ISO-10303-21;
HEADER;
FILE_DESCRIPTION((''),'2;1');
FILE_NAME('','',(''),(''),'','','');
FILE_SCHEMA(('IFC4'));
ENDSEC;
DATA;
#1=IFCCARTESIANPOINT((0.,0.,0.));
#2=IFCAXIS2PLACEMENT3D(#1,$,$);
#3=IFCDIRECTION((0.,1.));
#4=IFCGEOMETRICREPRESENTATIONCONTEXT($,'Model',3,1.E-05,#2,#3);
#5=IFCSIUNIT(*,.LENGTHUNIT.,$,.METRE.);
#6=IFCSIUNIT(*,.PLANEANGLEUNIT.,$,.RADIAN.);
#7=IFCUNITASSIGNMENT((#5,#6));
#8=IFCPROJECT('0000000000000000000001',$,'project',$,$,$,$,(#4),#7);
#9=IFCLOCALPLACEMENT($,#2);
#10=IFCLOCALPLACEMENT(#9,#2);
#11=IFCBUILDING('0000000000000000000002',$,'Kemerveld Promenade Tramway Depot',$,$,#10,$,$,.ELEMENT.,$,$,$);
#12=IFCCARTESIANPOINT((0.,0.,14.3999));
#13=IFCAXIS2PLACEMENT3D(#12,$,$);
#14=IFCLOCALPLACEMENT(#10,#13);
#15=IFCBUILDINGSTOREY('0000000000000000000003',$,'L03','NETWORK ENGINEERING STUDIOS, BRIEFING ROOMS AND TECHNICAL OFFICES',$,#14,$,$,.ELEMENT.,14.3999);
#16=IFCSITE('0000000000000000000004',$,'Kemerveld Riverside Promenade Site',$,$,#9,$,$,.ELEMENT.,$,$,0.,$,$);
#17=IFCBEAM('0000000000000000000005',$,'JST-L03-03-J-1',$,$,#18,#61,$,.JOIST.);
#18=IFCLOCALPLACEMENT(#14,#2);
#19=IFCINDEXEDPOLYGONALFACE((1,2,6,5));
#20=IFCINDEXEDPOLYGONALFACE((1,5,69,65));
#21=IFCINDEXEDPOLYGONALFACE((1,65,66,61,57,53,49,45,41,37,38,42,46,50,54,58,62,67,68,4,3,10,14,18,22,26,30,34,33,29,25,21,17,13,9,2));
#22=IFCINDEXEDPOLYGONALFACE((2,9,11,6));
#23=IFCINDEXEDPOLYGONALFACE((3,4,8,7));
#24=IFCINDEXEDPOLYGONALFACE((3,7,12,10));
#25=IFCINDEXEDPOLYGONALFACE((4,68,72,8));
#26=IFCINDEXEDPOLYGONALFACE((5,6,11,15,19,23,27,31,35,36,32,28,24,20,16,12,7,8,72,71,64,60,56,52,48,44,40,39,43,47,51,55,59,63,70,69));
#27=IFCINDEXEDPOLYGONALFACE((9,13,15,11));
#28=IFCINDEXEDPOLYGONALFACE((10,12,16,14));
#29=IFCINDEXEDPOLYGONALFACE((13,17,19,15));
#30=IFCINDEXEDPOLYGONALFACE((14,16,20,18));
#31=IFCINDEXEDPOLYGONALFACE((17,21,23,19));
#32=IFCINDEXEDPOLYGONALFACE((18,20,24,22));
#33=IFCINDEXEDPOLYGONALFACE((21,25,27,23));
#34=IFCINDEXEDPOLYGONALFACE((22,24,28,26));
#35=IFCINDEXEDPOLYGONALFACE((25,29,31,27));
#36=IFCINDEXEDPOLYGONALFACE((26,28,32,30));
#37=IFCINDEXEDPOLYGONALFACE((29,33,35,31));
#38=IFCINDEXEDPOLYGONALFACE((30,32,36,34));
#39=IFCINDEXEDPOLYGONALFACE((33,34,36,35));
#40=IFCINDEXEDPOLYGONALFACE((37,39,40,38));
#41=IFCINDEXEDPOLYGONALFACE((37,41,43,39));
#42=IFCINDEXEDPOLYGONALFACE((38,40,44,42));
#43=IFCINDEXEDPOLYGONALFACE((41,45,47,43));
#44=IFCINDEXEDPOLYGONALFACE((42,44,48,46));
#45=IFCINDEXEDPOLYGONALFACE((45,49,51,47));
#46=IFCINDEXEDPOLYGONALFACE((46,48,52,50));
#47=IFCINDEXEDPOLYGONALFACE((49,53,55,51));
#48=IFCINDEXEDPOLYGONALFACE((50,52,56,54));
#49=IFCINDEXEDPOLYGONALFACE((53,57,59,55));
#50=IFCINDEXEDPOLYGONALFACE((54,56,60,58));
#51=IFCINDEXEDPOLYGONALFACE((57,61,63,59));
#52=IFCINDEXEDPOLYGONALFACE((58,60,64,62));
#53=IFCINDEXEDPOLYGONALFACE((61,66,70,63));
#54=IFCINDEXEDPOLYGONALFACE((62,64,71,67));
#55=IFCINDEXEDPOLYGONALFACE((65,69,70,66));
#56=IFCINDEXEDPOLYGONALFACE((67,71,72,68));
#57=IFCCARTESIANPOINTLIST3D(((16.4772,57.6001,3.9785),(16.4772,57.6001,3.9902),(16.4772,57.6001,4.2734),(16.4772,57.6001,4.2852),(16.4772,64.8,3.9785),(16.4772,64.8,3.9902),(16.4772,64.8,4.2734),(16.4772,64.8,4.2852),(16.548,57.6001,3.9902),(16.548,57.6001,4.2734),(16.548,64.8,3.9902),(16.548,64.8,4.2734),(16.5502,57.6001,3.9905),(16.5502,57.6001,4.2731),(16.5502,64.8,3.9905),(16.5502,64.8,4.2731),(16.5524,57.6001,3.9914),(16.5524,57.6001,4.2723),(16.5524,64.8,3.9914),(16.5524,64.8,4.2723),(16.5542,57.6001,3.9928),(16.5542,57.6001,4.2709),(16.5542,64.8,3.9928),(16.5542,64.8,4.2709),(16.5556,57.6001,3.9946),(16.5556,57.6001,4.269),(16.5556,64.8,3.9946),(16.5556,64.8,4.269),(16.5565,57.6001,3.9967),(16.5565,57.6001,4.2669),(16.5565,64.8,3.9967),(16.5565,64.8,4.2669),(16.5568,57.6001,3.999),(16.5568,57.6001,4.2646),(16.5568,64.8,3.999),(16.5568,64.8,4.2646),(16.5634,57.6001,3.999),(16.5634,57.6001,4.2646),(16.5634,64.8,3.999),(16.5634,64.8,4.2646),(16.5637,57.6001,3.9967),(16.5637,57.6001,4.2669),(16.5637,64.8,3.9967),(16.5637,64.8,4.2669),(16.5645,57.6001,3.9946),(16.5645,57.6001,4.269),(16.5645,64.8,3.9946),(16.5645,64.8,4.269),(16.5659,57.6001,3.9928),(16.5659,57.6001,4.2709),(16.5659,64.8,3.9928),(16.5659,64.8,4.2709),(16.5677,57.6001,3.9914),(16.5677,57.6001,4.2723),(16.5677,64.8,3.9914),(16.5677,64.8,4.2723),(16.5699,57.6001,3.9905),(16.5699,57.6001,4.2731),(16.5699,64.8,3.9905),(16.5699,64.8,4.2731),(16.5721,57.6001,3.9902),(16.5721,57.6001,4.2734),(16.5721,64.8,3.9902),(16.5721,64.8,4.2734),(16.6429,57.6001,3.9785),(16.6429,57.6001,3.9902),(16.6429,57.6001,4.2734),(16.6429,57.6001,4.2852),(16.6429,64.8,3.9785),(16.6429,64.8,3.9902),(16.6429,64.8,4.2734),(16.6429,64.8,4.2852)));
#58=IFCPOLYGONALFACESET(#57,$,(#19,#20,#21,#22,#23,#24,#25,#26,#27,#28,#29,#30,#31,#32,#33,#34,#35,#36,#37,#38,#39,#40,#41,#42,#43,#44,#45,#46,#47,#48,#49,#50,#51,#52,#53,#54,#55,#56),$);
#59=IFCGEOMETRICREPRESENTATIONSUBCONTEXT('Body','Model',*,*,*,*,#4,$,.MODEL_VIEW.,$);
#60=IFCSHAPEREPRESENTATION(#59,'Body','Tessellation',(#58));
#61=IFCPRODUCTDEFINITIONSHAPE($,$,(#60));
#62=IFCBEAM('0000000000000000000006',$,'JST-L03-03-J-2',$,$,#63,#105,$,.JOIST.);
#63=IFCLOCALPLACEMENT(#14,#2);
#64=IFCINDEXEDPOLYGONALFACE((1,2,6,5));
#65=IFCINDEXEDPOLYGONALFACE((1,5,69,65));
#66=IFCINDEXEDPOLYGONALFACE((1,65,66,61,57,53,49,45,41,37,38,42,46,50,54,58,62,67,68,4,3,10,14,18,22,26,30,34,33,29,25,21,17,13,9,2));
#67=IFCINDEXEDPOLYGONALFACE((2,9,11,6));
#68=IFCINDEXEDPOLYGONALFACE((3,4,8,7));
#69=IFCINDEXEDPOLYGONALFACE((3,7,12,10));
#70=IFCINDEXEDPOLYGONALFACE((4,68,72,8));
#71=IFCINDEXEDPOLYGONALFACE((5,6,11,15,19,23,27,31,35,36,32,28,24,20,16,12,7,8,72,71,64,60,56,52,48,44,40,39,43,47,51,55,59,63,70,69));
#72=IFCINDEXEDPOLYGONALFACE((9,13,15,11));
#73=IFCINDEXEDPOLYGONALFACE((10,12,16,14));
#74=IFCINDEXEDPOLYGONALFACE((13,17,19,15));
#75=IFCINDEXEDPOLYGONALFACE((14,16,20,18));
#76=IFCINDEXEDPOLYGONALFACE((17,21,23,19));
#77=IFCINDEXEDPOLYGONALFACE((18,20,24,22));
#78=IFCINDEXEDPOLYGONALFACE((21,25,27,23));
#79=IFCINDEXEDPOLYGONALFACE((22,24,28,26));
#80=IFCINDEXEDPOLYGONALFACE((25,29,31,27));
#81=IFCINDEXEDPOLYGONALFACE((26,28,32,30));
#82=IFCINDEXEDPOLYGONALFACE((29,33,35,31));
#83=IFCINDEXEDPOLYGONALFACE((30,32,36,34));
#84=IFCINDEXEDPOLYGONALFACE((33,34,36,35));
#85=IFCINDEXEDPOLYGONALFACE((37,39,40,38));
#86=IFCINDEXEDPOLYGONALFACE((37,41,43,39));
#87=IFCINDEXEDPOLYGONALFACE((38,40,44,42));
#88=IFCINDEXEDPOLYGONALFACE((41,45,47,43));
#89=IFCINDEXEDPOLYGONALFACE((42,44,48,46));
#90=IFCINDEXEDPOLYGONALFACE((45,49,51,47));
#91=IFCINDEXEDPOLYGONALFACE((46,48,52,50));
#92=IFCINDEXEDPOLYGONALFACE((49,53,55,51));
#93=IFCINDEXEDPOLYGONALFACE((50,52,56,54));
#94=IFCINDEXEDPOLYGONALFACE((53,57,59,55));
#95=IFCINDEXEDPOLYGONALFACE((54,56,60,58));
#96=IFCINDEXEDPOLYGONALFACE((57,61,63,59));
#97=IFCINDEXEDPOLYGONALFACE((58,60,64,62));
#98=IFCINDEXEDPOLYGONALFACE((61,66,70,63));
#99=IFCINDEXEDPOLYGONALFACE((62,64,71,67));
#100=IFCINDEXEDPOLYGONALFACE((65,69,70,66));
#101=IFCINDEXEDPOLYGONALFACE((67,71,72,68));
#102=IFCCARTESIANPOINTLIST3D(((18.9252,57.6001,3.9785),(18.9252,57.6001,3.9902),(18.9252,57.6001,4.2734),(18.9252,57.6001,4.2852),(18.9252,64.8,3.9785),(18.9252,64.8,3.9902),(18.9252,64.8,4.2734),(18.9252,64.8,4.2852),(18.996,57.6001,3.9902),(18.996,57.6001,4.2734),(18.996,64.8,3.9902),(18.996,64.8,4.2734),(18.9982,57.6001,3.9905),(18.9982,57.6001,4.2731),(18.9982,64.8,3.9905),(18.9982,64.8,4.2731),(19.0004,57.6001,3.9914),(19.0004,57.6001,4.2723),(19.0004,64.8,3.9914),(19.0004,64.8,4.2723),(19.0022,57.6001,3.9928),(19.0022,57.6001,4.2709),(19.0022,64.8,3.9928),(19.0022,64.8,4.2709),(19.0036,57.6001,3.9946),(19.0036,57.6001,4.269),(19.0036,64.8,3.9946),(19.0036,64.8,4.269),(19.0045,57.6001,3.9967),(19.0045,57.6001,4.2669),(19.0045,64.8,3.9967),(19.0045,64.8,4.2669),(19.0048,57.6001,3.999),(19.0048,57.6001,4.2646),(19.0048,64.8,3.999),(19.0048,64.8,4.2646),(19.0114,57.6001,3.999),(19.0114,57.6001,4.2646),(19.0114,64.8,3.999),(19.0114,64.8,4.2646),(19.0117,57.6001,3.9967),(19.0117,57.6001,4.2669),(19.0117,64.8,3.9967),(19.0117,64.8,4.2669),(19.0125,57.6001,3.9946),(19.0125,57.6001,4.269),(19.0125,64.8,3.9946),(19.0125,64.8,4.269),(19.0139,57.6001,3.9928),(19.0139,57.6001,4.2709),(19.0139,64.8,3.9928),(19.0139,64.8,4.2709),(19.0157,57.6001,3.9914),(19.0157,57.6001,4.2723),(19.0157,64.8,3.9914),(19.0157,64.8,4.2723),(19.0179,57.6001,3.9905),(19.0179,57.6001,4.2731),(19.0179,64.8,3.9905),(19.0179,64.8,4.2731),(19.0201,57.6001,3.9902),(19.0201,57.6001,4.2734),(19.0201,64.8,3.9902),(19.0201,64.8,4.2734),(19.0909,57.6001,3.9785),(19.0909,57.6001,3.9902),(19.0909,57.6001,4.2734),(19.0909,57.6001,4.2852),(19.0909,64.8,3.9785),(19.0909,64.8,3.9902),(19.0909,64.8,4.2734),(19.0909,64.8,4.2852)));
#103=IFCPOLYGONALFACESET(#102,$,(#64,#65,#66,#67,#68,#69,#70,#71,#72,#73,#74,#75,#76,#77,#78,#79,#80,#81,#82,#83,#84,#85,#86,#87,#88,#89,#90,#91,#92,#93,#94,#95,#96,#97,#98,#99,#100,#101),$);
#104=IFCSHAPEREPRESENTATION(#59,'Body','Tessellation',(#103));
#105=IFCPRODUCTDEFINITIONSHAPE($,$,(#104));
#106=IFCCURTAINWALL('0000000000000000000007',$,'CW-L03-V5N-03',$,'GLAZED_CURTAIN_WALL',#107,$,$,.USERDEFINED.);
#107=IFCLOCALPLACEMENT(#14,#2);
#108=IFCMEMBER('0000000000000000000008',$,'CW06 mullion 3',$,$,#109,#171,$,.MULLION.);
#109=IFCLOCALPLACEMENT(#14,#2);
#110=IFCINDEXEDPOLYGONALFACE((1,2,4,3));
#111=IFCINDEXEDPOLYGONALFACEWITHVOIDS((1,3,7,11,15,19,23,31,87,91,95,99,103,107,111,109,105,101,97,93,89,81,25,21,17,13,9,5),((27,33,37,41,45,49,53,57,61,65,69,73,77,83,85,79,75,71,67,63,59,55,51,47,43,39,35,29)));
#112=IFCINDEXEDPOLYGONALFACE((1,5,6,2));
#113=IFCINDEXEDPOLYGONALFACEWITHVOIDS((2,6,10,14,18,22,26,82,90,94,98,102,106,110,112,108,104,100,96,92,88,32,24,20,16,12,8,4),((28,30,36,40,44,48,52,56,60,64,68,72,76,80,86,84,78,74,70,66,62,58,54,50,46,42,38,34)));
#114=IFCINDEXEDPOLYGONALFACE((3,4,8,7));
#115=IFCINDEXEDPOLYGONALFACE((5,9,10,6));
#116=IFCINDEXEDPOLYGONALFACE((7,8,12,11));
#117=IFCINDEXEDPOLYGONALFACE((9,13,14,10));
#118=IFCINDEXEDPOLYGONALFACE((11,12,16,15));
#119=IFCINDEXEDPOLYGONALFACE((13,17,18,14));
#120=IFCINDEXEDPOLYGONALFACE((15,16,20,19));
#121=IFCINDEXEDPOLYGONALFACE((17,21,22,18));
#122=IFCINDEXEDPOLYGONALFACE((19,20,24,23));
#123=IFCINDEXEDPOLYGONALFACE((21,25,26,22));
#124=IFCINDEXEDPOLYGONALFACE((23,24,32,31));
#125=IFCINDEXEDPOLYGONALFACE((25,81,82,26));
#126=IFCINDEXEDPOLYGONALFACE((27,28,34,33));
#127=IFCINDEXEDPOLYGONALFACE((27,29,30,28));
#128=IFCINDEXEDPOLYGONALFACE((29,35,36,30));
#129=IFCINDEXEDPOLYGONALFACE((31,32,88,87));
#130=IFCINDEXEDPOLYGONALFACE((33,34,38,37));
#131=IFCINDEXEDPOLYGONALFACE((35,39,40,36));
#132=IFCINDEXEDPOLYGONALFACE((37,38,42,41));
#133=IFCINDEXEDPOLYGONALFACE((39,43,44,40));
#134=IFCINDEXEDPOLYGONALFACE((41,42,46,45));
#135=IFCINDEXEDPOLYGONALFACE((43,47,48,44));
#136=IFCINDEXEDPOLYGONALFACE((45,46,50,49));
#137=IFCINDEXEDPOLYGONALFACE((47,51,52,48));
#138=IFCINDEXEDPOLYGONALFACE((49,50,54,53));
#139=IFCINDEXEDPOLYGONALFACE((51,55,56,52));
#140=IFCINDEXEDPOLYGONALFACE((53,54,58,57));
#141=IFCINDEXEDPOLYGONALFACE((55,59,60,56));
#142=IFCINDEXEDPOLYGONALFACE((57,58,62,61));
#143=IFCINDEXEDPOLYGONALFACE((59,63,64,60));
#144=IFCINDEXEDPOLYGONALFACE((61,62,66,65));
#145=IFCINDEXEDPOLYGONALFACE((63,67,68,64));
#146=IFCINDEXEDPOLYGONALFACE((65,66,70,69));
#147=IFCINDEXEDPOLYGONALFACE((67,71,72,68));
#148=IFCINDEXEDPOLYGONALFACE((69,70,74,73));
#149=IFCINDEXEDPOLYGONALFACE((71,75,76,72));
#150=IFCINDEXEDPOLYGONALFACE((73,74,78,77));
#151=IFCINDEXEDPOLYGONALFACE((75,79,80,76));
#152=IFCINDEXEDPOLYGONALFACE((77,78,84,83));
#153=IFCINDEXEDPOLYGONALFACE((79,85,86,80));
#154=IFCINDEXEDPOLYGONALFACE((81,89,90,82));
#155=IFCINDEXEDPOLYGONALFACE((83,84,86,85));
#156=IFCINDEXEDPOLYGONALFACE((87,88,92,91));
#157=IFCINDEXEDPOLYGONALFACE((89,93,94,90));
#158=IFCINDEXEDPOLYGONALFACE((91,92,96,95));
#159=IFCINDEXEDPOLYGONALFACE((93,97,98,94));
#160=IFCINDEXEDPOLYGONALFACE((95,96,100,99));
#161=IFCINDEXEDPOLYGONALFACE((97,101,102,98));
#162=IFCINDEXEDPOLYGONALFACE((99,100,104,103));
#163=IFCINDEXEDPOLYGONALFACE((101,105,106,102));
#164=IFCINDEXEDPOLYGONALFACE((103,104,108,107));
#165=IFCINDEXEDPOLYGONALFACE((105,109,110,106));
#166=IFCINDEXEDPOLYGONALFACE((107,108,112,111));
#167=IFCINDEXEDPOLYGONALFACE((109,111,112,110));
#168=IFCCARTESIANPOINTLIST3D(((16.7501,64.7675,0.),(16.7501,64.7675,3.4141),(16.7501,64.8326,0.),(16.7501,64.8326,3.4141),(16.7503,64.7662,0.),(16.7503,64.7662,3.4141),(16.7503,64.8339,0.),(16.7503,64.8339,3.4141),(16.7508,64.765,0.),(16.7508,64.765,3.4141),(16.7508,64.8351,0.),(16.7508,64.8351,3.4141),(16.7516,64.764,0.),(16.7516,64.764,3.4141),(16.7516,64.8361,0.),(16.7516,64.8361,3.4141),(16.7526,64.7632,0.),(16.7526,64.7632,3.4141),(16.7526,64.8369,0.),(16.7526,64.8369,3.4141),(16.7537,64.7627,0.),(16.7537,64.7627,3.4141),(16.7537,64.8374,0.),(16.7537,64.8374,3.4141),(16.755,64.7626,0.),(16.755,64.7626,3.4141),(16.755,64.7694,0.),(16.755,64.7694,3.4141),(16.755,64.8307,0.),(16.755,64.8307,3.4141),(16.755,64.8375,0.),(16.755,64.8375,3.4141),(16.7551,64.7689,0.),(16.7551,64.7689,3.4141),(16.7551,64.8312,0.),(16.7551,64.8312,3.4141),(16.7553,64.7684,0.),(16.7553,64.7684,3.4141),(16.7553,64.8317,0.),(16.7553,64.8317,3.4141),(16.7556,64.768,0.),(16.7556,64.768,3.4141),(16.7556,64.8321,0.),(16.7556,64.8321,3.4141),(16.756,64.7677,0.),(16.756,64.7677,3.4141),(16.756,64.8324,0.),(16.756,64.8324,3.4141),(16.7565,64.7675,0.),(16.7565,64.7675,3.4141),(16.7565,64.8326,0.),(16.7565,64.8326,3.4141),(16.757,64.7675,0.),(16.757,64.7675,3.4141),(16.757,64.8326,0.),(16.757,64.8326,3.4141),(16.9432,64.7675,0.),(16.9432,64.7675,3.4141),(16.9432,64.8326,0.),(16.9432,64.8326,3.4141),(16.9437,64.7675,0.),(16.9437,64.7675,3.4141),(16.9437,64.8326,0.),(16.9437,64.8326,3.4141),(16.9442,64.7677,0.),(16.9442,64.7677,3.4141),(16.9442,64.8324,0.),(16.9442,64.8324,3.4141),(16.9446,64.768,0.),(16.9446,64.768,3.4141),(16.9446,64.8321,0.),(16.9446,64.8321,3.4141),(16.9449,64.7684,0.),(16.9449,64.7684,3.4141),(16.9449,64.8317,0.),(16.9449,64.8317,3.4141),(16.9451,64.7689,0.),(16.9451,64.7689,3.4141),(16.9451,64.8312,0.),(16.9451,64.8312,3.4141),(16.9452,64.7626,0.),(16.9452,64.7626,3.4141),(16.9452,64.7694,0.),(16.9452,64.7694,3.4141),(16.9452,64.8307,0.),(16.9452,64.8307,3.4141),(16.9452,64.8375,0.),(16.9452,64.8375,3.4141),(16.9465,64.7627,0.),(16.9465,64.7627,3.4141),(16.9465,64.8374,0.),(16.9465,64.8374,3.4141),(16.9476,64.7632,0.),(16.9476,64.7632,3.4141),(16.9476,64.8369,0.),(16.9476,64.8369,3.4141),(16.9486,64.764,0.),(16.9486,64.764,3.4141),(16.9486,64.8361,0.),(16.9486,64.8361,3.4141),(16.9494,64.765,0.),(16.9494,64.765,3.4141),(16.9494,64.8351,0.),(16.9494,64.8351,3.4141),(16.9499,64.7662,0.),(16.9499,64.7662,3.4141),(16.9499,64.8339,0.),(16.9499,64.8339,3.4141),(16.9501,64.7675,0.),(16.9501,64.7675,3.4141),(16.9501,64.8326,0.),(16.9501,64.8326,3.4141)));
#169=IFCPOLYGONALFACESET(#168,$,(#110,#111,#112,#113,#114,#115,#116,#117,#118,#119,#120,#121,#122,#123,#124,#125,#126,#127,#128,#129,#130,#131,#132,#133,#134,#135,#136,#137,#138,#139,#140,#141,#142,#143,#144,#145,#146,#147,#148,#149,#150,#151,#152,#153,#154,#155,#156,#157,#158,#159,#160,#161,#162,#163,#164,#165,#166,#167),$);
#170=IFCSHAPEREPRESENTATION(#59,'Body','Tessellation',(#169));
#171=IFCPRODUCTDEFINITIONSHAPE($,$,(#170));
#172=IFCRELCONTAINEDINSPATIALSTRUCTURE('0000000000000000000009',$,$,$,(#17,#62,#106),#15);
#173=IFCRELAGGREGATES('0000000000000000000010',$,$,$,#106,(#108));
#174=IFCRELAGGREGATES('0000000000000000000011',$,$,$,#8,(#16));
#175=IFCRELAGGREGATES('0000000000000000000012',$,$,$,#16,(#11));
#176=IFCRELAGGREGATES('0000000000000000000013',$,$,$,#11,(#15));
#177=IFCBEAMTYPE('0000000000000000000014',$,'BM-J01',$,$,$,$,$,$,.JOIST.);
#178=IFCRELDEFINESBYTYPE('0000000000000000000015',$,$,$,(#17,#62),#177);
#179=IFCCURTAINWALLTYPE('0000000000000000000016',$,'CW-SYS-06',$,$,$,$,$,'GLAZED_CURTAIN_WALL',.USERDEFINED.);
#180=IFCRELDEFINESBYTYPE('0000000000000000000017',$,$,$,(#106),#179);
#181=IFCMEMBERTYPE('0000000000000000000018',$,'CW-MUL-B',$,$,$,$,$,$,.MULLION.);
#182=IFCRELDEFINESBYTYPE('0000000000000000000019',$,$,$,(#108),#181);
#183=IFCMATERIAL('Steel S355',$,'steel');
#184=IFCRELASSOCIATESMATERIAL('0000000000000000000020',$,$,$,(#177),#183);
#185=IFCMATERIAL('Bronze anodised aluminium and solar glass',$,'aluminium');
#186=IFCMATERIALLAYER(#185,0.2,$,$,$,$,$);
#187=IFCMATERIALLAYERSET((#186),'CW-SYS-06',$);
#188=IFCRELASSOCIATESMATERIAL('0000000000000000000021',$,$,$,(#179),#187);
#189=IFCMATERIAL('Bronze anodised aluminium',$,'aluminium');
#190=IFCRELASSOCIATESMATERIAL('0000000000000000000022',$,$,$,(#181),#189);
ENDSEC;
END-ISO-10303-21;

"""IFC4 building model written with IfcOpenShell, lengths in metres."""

from ifc_helpers import new_model, si_unit, direction, frame, origin, origin_2d, place, context, subcontext, project, spatial, hollow_rectangle, i_section, extrude, material, layer, layer_set, material_profile, profile_set, type_object, element, aggregate, save


model = new_model("IFC4")

# Units and contexts
model_context = context("Model", 3, precision=1e-05, world=origin(), true_north=direction((0.0, 1.0)))
body_context = subcontext(model_context, "Body", "Model", "MODEL_VIEW")
ifc_project = project(units=[si_unit("LENGTHUNIT", "METRE"), si_unit("PLANEANGLEUNIT", "RADIAN")], contexts=[model_context])

# Site, building, storey
site_placement = place(None, origin())
site = spatial("IfcSite", under=ifc_project, at=site_placement, Name="Kemerveld Riverside Promenade Site", CompositionType="ELEMENT", RefElevation=0.0)
building_placement = place(site_placement, origin())
building = spatial("IfcBuilding", under=site, at=building_placement, Name="Kemerveld Promenade Tramway Depot", CompositionType="ELEMENT")
storey_placement = place(building_placement, frame((0.0, 0.0, 14.3999)))
storey = spatial("IfcBuildingStorey", under=building, at=storey_placement, Name="L03", Description="NETWORK ENGINEERING STUDIOS, BRIEFING ROOMS AND TECHNICAL OFFICES", CompositionType="ELEMENT", Elevation=14.3999)

# Beams
ifc_material_1 = material(Name="Steel S355", Category="steel")
ifc_material_profile_1 = material_profile(ifc_material_1, i_section(OverallWidth=0.1658, OverallDepth=0.3066, WebThickness=0.0066, FlangeThickness=0.0117, FilletRadius=0.0088, at=origin_2d()), Name="305x165x46 UB")
ifc_profile_set_1 = profile_set([ifc_material_profile_1], Name="Steel S355")
beam_type = type_object("IfcBeamType", Name="BM-J01", PredefinedType="JOIST", material=ifc_profile_set_1)
for number, where, z_axis, x_axis, name in (
    (1, (16.5601, 57.6001, 4.1318), (0.0, 1.0, 0.0), (-1.0, 0.0, 0.0), "JST-L03-03-J-1"),
    (2, (19.0081, 57.6001, 4.1318), (0.0, 1.0, 0.0), (-1.0, 0.0, 0.0), "JST-L03-03-J-2"),
):
    element("IfcBeam", number, at=place(storey_placement, frame(where, z_axis=z_axis, x_axis=x_axis)), inside=storey, type_object=beam_type, Name=name, PredefinedType="JOIST", context=body_context, shape_type="SweptSolid", body=[
        extrude(i_section(OverallWidth=0.1658, OverallDepth=0.3066, WebThickness=0.0066, FlangeThickness=0.0117, FilletRadius=0.0088, at=origin_2d()), origin(), (0.0, 0.0, 1.0), 7.2),
    ])

# Curtain wall, member
ifc_material_2 = material(Name="Bronze anodised aluminium and solar glass", Category="aluminium")
ifc_layer_1 = layer(ifc_material_2, 0.2)
ifc_layer_set_1 = layer_set([ifc_layer_1], Name="CW-SYS-06")
curtain_wall_type = type_object("IfcCurtainWallType", Name="CW-SYS-06", ElementType="GLAZED_CURTAIN_WALL", PredefinedType="USERDEFINED", material=ifc_layer_set_1)
curtain_wall_placement = place(storey_placement, origin())
curtain_wall = element("IfcCurtainWall", 3, at=curtain_wall_placement, inside=storey, type_object=curtain_wall_type, Name="CW-L03-V5N-03", ObjectType="GLAZED_CURTAIN_WALL", PredefinedType="USERDEFINED")
ifc_material_3 = material(Name="Bronze anodised aluminium", Category="aluminium")
ifc_material_profile_2 = material_profile(ifc_material_3, hollow_rectangle(XDim=0.075, YDim=0.2, WallThickness=0.0049, InnerFilletRadius=0.002, OuterFilletRadius=0.0049, at=origin_2d()), Name="CW-MUL-200x75")
ifc_profile_set_2 = profile_set([ifc_material_profile_2], Name="Bronze anodised aluminium")
member_type_1 = type_object("IfcMemberType", Name="CW-MUL-B", PredefinedType="MULLION", material=ifc_profile_set_2)
member_1_placement = place(storey_placement, frame((16.8501, 64.8, 0.0), z_axis=(0.0, 0.0, 1.0), x_axis=(0.0, 1.0, 0.0)))
member_1 = element("IfcMember", 4, at=member_1_placement, type_object=member_type_1, Name="CW06 mullion 3", PredefinedType="MULLION", context=body_context, shape_type="SweptSolid", body=[
    extrude(hollow_rectangle(XDim=0.075, YDim=0.2, WallThickness=0.0049, InnerFilletRadius=0.002, OuterFilletRadius=0.0049, at=origin_2d()), origin(), (0.0, 0.0, 1.0), 3.4141),
])
aggregate(curtain_wall, [member_1])

save(model, "model.ifc")
